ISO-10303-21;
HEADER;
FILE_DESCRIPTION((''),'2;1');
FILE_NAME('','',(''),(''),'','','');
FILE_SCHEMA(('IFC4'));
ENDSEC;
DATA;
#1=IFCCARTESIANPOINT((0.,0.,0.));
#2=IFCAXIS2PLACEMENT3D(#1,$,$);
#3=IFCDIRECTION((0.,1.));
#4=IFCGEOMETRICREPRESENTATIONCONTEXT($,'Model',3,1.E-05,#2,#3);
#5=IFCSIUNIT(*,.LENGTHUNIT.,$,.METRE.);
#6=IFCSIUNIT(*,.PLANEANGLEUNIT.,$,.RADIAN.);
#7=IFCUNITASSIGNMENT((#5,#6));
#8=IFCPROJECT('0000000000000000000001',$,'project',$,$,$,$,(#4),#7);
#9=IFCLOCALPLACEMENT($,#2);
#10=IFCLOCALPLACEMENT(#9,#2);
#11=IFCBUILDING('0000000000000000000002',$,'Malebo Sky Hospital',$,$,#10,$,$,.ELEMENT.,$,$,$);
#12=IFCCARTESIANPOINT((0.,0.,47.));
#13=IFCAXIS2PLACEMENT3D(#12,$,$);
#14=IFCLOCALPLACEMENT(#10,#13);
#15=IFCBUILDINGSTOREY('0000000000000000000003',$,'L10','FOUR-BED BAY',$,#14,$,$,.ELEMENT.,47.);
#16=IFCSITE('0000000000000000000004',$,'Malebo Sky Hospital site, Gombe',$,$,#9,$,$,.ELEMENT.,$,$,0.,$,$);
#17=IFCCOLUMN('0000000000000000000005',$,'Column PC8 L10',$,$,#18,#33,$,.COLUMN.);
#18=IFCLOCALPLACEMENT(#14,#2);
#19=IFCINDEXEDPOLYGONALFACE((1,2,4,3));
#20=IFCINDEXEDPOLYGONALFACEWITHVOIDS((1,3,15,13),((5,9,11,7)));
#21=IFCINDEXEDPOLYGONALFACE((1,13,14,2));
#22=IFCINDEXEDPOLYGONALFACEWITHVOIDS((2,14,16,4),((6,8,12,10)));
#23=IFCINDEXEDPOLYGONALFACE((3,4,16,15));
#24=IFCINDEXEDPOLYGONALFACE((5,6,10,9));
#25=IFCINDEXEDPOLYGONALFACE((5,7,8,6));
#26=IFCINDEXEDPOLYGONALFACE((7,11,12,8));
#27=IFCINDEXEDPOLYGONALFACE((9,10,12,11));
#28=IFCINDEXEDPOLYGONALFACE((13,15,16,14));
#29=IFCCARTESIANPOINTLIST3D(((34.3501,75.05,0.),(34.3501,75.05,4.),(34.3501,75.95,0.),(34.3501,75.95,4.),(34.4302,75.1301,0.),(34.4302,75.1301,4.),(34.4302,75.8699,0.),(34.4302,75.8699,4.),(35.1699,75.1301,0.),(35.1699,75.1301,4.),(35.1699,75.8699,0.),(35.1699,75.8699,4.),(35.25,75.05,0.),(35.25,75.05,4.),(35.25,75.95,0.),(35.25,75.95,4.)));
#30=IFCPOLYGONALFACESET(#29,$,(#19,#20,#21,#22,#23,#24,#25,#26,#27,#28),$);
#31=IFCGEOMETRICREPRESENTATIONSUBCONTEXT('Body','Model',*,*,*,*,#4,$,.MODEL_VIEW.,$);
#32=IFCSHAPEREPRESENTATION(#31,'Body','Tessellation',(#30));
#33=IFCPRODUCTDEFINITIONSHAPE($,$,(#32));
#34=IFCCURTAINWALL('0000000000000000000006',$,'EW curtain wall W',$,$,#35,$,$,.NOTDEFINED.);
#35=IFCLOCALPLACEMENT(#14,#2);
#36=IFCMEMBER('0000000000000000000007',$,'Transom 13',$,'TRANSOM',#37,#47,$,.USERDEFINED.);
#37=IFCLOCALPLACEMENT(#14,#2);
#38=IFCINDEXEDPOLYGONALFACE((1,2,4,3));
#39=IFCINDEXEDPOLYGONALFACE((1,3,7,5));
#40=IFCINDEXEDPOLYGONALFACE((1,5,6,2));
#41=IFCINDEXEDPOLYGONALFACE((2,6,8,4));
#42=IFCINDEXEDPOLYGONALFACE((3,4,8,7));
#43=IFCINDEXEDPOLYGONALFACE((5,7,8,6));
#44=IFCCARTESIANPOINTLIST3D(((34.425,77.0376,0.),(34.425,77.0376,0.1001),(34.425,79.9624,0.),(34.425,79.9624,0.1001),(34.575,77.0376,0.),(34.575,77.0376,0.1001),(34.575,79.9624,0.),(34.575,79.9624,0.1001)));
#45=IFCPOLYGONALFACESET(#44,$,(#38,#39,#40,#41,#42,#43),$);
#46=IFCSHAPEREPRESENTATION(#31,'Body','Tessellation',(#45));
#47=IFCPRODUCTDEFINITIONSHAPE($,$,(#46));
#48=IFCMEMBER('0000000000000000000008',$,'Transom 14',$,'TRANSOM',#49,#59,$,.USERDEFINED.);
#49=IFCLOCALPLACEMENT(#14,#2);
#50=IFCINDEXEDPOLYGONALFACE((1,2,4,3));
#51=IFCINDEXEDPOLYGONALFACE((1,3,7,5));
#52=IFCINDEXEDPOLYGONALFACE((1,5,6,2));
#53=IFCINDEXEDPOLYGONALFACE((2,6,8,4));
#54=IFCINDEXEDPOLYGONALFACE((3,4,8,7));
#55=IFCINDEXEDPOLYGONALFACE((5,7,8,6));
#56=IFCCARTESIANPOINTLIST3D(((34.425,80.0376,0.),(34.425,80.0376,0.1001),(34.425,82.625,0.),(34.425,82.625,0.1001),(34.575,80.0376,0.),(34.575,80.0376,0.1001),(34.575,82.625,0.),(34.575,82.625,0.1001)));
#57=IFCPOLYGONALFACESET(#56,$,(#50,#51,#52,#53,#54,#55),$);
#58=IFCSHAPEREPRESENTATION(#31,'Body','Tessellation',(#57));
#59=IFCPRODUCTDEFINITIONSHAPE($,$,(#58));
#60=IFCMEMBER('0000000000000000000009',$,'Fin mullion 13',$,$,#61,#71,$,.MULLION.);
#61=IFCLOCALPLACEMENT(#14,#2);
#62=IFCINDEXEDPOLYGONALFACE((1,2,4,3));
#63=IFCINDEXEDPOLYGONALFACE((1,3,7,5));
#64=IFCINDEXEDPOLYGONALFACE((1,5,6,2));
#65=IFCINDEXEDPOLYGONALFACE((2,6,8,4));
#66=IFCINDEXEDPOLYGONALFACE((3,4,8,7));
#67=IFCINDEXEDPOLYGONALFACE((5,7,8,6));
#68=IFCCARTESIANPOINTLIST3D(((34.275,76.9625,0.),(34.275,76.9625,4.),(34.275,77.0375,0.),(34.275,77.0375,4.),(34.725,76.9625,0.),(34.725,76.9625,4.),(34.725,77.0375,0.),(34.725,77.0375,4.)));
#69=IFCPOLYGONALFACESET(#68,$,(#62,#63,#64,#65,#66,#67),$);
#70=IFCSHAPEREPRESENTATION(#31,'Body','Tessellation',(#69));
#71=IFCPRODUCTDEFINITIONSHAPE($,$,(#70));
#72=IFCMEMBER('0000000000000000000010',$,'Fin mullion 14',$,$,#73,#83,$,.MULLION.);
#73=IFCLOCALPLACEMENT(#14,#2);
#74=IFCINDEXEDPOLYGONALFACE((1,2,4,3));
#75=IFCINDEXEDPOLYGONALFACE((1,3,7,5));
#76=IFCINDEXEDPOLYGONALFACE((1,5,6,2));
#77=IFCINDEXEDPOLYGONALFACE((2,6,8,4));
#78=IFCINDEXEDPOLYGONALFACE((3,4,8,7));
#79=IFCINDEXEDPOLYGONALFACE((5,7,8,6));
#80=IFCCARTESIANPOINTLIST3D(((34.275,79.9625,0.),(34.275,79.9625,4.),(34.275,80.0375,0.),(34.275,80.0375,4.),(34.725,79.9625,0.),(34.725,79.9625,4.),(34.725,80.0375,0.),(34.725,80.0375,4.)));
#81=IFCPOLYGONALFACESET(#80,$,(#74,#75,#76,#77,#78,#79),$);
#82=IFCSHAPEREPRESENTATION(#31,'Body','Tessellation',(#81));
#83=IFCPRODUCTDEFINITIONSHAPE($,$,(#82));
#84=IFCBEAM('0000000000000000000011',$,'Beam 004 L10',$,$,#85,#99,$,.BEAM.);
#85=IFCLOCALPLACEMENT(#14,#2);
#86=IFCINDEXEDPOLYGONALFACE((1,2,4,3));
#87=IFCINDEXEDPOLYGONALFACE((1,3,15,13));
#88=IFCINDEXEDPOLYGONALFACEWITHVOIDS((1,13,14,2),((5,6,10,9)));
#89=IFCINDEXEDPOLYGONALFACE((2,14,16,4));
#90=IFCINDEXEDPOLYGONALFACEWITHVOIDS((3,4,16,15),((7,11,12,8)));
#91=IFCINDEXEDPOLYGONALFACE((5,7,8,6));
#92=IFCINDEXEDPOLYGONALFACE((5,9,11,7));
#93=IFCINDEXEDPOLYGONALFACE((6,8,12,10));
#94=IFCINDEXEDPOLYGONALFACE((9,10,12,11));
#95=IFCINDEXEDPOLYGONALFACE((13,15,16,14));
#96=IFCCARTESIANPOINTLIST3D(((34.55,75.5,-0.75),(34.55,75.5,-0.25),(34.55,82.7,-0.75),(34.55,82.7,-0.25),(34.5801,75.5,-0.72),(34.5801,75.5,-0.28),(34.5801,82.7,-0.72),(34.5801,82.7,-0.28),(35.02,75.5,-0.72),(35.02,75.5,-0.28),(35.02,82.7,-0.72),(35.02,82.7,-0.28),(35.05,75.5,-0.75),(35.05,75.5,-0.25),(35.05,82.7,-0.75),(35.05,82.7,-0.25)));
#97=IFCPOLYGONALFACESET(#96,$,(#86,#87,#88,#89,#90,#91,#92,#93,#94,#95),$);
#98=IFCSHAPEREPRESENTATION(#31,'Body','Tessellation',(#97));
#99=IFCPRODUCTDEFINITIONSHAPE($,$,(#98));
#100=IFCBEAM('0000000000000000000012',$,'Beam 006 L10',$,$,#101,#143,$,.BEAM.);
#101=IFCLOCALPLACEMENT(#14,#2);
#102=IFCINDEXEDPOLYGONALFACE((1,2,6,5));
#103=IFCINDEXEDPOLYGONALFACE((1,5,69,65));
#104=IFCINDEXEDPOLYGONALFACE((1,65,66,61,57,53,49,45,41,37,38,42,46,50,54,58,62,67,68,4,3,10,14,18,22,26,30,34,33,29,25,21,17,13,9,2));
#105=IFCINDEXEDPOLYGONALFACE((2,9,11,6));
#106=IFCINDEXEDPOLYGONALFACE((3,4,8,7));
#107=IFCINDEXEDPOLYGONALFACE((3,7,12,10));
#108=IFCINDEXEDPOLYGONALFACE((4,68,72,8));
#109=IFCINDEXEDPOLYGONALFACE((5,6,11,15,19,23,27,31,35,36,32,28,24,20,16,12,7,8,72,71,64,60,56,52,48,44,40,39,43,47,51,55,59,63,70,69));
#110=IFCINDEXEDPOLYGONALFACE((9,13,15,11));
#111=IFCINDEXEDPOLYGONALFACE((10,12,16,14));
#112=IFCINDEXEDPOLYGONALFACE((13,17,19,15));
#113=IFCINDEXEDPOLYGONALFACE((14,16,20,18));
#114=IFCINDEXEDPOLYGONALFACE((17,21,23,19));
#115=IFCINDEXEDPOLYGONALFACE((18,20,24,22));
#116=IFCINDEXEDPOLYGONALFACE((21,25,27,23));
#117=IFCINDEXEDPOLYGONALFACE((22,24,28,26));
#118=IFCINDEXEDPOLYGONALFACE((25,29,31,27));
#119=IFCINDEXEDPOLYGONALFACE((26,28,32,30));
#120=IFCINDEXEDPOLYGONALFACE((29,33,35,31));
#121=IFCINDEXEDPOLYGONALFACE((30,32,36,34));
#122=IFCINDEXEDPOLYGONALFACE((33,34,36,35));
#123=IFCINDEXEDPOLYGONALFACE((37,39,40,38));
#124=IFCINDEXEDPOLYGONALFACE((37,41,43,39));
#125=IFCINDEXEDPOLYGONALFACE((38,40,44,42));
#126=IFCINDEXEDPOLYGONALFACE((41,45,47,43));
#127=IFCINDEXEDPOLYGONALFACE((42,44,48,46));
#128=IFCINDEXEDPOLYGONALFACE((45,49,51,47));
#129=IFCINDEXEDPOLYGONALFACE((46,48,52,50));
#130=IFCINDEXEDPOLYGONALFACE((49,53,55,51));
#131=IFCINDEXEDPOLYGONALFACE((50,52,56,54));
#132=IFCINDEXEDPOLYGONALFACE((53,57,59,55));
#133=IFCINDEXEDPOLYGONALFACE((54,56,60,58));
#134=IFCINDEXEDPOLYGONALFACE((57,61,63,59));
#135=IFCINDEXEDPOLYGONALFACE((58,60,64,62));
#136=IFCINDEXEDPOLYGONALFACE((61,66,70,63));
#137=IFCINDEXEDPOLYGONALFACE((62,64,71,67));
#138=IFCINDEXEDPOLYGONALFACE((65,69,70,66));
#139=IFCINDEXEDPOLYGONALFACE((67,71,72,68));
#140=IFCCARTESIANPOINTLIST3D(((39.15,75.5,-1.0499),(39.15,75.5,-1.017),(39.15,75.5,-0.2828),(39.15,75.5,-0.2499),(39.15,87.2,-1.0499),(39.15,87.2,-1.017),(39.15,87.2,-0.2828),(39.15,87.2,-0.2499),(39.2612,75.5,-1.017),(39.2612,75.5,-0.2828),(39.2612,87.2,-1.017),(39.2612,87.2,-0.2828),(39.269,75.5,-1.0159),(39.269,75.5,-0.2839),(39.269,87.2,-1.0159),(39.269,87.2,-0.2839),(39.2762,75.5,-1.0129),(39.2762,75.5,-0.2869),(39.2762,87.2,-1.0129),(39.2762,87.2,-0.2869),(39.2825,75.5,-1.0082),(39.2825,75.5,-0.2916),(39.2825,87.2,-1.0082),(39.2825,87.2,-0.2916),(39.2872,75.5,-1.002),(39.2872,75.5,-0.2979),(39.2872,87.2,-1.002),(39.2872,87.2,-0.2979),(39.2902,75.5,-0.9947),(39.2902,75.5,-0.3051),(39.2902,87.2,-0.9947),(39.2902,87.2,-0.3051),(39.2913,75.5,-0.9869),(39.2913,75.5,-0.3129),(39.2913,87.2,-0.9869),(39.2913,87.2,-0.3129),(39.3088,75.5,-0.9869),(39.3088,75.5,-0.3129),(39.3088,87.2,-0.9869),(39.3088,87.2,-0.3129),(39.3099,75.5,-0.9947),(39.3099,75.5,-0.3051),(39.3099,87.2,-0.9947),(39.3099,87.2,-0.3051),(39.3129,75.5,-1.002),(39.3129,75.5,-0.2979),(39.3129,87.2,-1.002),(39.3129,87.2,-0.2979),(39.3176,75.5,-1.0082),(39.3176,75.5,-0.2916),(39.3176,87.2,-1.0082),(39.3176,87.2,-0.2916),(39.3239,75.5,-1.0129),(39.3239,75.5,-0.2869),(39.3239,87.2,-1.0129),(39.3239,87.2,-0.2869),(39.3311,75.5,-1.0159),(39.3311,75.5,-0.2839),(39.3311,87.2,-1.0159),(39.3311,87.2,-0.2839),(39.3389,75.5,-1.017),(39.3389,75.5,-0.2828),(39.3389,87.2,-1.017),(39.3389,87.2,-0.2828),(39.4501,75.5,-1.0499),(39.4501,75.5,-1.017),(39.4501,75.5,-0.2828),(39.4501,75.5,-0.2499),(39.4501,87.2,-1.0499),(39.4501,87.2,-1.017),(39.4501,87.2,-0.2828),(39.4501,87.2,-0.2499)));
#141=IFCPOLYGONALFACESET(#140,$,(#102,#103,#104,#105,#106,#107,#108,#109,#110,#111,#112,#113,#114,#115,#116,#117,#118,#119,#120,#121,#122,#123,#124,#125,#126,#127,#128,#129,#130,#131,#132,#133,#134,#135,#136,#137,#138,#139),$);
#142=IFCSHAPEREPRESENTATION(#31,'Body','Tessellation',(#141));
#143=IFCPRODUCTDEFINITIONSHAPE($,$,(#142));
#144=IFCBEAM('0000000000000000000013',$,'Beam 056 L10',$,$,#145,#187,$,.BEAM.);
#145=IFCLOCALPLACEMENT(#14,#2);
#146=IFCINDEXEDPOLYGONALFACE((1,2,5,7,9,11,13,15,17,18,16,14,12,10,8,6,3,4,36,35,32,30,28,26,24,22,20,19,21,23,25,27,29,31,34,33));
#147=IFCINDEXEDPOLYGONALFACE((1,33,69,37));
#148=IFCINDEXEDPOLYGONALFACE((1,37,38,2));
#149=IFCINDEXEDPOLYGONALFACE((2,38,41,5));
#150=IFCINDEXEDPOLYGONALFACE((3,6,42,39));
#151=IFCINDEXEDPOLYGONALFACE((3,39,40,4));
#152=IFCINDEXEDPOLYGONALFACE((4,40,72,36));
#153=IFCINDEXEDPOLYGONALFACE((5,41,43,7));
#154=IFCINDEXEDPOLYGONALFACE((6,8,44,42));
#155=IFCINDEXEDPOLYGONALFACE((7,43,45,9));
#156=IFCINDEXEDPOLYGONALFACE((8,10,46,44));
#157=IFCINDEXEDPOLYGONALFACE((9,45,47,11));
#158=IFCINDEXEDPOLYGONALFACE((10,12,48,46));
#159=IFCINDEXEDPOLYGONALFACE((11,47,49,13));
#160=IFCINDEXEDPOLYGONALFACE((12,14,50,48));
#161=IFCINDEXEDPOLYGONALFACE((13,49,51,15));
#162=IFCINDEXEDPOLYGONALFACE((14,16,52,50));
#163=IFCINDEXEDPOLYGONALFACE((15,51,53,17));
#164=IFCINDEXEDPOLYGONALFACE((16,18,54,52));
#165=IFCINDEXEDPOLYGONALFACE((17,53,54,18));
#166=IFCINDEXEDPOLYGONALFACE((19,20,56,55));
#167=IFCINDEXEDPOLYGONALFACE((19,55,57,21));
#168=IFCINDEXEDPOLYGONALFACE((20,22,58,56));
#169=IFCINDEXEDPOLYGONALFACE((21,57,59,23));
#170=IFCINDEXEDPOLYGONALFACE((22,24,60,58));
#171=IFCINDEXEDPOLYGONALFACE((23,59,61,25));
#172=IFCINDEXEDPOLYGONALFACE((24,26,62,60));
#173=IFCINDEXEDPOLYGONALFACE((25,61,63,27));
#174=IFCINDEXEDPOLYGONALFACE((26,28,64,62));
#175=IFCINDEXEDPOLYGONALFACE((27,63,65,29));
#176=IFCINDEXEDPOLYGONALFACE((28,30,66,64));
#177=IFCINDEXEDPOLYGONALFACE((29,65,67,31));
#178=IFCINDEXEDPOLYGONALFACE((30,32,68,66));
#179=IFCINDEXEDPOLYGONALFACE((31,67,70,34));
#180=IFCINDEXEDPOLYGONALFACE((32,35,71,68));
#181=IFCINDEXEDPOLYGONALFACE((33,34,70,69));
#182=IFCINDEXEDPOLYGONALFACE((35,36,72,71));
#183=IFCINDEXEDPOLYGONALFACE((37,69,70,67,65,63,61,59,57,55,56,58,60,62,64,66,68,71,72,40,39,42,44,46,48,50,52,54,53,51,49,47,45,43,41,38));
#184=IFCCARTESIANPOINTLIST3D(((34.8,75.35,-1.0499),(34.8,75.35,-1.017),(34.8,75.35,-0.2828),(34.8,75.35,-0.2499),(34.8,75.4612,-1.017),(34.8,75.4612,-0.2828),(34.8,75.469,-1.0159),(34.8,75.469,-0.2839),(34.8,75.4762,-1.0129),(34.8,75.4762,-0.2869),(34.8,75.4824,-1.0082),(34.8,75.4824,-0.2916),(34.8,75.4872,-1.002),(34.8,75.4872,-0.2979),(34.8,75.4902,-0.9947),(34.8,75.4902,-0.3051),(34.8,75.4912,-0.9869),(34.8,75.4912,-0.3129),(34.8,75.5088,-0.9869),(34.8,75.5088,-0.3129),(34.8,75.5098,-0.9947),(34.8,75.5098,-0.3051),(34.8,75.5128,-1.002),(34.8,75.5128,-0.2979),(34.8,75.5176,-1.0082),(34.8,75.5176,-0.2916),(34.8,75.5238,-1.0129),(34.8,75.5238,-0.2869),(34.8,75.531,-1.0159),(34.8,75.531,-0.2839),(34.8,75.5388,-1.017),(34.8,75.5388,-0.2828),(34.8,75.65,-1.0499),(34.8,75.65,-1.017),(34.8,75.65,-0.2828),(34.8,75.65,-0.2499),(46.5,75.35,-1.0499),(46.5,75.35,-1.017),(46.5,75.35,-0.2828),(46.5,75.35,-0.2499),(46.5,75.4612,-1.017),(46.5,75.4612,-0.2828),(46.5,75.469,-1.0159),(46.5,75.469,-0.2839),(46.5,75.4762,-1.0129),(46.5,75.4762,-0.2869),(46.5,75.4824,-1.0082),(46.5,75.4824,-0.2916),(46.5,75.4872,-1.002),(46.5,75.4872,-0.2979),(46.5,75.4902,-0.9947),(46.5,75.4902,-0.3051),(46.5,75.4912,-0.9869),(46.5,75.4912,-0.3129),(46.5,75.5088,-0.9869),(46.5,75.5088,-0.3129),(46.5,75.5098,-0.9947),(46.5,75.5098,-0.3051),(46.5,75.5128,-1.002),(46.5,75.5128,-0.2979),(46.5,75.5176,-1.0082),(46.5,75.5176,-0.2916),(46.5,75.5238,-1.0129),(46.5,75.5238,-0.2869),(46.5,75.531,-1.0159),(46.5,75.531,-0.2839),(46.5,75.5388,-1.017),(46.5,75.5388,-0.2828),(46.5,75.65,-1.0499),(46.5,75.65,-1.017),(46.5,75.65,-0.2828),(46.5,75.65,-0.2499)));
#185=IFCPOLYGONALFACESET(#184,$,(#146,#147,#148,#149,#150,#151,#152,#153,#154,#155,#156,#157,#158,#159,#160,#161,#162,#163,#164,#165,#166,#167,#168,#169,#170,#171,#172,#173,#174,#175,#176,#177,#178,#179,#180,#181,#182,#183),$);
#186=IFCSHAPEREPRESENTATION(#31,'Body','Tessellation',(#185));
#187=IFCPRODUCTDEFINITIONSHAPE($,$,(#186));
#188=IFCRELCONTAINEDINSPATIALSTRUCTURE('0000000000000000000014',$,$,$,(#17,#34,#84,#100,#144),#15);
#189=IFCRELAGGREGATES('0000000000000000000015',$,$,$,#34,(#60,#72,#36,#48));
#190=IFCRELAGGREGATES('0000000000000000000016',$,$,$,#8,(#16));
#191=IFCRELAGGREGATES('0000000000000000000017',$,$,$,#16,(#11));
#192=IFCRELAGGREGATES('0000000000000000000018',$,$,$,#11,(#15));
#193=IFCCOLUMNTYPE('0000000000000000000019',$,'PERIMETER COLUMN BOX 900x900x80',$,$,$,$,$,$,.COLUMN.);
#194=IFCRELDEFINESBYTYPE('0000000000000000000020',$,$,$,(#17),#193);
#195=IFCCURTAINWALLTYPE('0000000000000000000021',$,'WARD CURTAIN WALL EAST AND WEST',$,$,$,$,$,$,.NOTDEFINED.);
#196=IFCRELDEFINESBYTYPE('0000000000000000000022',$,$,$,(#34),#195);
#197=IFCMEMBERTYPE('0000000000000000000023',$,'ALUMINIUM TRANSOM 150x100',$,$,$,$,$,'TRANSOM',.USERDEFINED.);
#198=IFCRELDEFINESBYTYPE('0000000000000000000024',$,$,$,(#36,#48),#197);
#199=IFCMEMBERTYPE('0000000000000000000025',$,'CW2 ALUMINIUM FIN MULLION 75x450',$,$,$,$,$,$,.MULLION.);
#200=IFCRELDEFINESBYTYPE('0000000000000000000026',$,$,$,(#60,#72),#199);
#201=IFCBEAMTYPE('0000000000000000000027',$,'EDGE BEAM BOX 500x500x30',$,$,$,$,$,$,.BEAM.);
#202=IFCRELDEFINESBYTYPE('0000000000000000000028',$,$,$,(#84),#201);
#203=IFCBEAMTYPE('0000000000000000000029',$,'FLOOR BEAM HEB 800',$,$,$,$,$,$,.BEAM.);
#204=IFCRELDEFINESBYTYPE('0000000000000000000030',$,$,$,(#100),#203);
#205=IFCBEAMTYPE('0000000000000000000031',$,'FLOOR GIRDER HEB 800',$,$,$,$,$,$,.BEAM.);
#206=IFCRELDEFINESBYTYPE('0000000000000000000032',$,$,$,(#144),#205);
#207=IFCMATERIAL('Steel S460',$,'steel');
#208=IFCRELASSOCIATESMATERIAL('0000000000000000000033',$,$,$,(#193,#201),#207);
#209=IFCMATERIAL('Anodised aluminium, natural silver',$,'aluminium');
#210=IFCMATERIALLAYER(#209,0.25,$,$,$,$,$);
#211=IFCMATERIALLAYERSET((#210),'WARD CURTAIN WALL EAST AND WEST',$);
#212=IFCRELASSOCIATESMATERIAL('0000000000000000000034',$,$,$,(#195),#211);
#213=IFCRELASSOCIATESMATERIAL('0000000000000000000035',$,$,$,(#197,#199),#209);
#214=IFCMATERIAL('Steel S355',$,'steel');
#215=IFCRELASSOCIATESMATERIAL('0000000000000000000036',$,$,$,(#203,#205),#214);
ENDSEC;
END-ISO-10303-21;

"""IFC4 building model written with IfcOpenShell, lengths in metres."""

from ifc_helpers import new_model, si_unit, direction, frame, origin, origin_2d, place, context, subcontext, project, spatial, rectangle, hollow_rectangle, i_section, extrude, material, layer, layer_set, material_profile, profile_set, type_object, element, aggregate, save


model = new_model("IFC4")

# Units and contexts
model_context = context("Model", 3, precision=1e-05, world=origin(), true_north=direction((0.0, 1.0)))
body_context = subcontext(model_context, "Body", "Model", "MODEL_VIEW")
ifc_project = project(units=[si_unit("LENGTHUNIT", "METRE"), si_unit("PLANEANGLEUNIT", "RADIAN")], contexts=[model_context])

# Site, building, storey
site_placement = place(None, origin())
site = spatial("IfcSite", under=ifc_project, at=site_placement, Name="Malebo Sky Hospital site, Gombe", CompositionType="ELEMENT", RefElevation=0.0)
building_placement = place(site_placement, origin())
building = spatial("IfcBuilding", under=site, at=building_placement, Name="Malebo Sky Hospital", CompositionType="ELEMENT")
storey_placement = place(building_placement, frame((0.0, 0.0, 47.0)))
storey = spatial("IfcBuildingStorey", under=building, at=storey_placement, Name="L10", Description="FOUR-BED BAY", CompositionType="ELEMENT", Elevation=47.0)

# Column
ifc_material_1 = material(Name="Steel S460", Category="steel")
ifc_material_profile_1 = material_profile(ifc_material_1, hollow_rectangle(XDim=0.8999, YDim=0.8999, WallThickness=0.0801, at=origin_2d()), Name="BOX 900x900x80")
ifc_profile_set_1 = profile_set([ifc_material_profile_1], Name="Steel S460")
column_type = type_object("IfcColumnType", Name="PERIMETER COLUMN BOX 900x900x80", PredefinedType="COLUMN", material=ifc_profile_set_1)
column_placement = place(storey_placement, frame((34.8, 75.5, 0.0), z_axis=(0.0, 0.0, 1.0), x_axis=(1.0, 0.0, 0.0)))
element("IfcColumn", 1, at=column_placement, inside=storey, type_object=column_type, Name="Column PC8 L10", PredefinedType="COLUMN", context=body_context, shape_type="SweptSolid", body=[
    extrude(hollow_rectangle(XDim=0.8999, YDim=0.8999, WallThickness=0.0801, at=origin_2d()), origin(), (0.0, 0.0, 1.0), 4.0),
])

# Curtain wall, members
ifc_material_2 = material(Name="Anodised aluminium, natural silver", Category="aluminium")
ifc_layer_1 = layer(ifc_material_2, 0.25)
ifc_layer_set_1 = layer_set([ifc_layer_1], Name="WARD CURTAIN WALL EAST AND WEST")
curtain_wall_type = type_object("IfcCurtainWallType", Name="WARD CURTAIN WALL EAST AND WEST", PredefinedType="NOTDEFINED", material=ifc_layer_set_1)
curtain_wall_placement = place(storey_placement, origin())
curtain_wall = element("IfcCurtainWall", 2, at=curtain_wall_placement, inside=storey, type_object=curtain_wall_type, Name="EW curtain wall W", PredefinedType="NOTDEFINED")
ifc_material_profile_2 = material_profile(ifc_material_2, rectangle(XDim=0.1499, YDim=0.1001, at=origin_2d()), Name="ALUMINIUM TRANSOM 150x100")
ifc_profile_set_2 = profile_set([ifc_material_profile_2], Name="Anodised aluminium, natural silver")
member_type_1 = type_object("IfcMemberType", Name="ALUMINIUM TRANSOM 150x100", ElementType="TRANSOM", PredefinedType="USERDEFINED", material=ifc_profile_set_2)
member_1_placement = place(storey_placement, frame((34.5, 77.0376, 0.05), z_axis=(0.0, 1.0, 0.0), x_axis=(-1.0, 0.0, 0.0)))
member_1 = element("IfcMember", 3, at=member_1_placement, type_object=member_type_1, Name="Transom 13", ObjectType="TRANSOM", PredefinedType="USERDEFINED", context=body_context, shape_type="SweptSolid", body=[
    extrude(rectangle(XDim=0.1499, YDim=0.1001, at=origin_2d()), origin(), (0.0, 0.0, 1.0), 2.9248),
])
member_2_placement = place(storey_placement, frame((34.5, 80.0376, 0.05), z_axis=(0.0, 1.0, 0.0), x_axis=(-1.0, 0.0, 0.0)))
member_2 = element("IfcMember", 4, at=member_2_placement, type_object=member_type_1, Name="Transom 14", ObjectType="TRANSOM", PredefinedType="USERDEFINED", context=body_context, shape_type="SweptSolid", body=[
    extrude(rectangle(XDim=0.1499, YDim=0.1001, at=origin_2d()), origin(), (0.0, 0.0, 1.0), 2.5874),
])
ifc_material_profile_3 = material_profile(ifc_material_2, rectangle(XDim=0.075, YDim=0.45, at=origin_2d()), Name="CW2 ALUMINIUM FIN MULLION 75x450")
ifc_profile_set_3 = profile_set([ifc_material_profile_3], Name="Anodised aluminium, natural silver")
member_type_2 = type_object("IfcMemberType", Name="CW2 ALUMINIUM FIN MULLION 75x450", PredefinedType="MULLION", material=ifc_profile_set_3)
member_3_placement = place(storey_placement, frame((34.5, 77.0, 0.0), z_axis=(0.0, 0.0, 1.0), x_axis=(0.0, 1.0, 0.0)))
member_3 = element("IfcMember", 5, at=member_3_placement, type_object=member_type_2, Name="Fin mullion 13", PredefinedType="MULLION", context=body_context, shape_type="SweptSolid", body=[
    extrude(rectangle(XDim=0.075, YDim=0.45, at=origin_2d()), origin(), (0.0, 0.0, 1.0), 4.0),
])
member_4_placement = place(storey_placement, frame((34.5, 80.0, 0.0), z_axis=(0.0, 0.0, 1.0), x_axis=(0.0, 1.0, 0.0)))
member_4 = element("IfcMember", 6, at=member_4_placement, type_object=member_type_2, Name="Fin mullion 14", PredefinedType="MULLION", context=body_context, shape_type="SweptSolid", body=[
    extrude(rectangle(XDim=0.075, YDim=0.45, at=origin_2d()), origin(), (0.0, 0.0, 1.0), 4.0),
])

# Beams
ifc_material_profile_4 = material_profile(ifc_material_1, hollow_rectangle(XDim=0.5, YDim=0.5, WallThickness=0.03, at=origin_2d()), Name="BOX 500x500x30")
ifc_profile_set_4 = profile_set([ifc_material_profile_4], Name="Steel S460")
beam_type_1 = type_object("IfcBeamType", Name="EDGE BEAM BOX 500x500x30", PredefinedType="BEAM", material=ifc_profile_set_4)
beam_1_placement = place(storey_placement, frame((34.8, 75.5, -0.5), z_axis=(0.0, 1.0, 0.0), x_axis=(-1.0, 0.0, 0.0)))
element("IfcBeam", 7, at=beam_1_placement, inside=storey, type_object=beam_type_1, Name="Beam 004 L10", PredefinedType="BEAM", context=body_context, shape_type="SweptSolid", body=[
    extrude(hollow_rectangle(XDim=0.5, YDim=0.5, WallThickness=0.03, at=origin_2d()), origin(), (0.0, 0.0, 1.0), 7.2),
])
ifc_material_3 = material(Name="Steel S355", Category="steel")
ifc_material_profile_5 = material_profile(ifc_material_3, i_section(OverallWidth=0.3, OverallDepth=0.8, WebThickness=0.0176, FlangeThickness=0.033, FilletRadius=0.03, at=origin_2d()), Name="HEB 800")
ifc_profile_set_5 = profile_set([ifc_material_profile_5], Name="Steel S355")
beam_type_2 = type_object("IfcBeamType", Name="FLOOR BEAM HEB 800", PredefinedType="BEAM", material=ifc_profile_set_5)
beam_2_placement = place(storey_placement, frame((39.3, 75.5, -0.6499), z_axis=(0.0, 1.0, 0.0), x_axis=(-1.0, 0.0, 0.0)))
element("IfcBeam", 8, at=beam_2_placement, inside=storey, type_object=beam_type_2, Name="Beam 006 L10", PredefinedType="BEAM", context=body_context, shape_type="SweptSolid", body=[
    extrude(i_section(OverallWidth=0.3, OverallDepth=0.8, WebThickness=0.0176, FlangeThickness=0.033, FilletRadius=0.03, at=origin_2d()), origin(), (0.0, 0.0, 1.0), 11.7),
])
ifc_material_profile_6 = material_profile(ifc_material_3, i_section(OverallWidth=0.3, OverallDepth=0.8, WebThickness=0.0176, FlangeThickness=0.033, FilletRadius=0.03, at=origin_2d()), Name="HEB 800")
ifc_profile_set_6 = profile_set([ifc_material_profile_6], Name="Steel S355")
beam_type_3 = type_object("IfcBeamType", Name="FLOOR GIRDER HEB 800", PredefinedType="BEAM", material=ifc_profile_set_6)
beam_3_placement = place(storey_placement, frame((34.8, 75.5, -0.6499), z_axis=(1.0, 0.0, 0.0), x_axis=(0.0, 1.0, 0.0)))
element("IfcBeam", 9, at=beam_3_placement, inside=storey, type_object=beam_type_3, Name="Beam 056 L10", PredefinedType="BEAM", context=body_context, shape_type="SweptSolid", body=[
    extrude(i_section(OverallWidth=0.3, OverallDepth=0.8, WebThickness=0.0176, FlangeThickness=0.033, FilletRadius=0.03, at=origin_2d()), origin(), (0.0, 0.0, 1.0), 11.7),
])

aggregate(curtain_wall, [member_3, member_4, member_1, member_2])

save(model, "model.ifc")
